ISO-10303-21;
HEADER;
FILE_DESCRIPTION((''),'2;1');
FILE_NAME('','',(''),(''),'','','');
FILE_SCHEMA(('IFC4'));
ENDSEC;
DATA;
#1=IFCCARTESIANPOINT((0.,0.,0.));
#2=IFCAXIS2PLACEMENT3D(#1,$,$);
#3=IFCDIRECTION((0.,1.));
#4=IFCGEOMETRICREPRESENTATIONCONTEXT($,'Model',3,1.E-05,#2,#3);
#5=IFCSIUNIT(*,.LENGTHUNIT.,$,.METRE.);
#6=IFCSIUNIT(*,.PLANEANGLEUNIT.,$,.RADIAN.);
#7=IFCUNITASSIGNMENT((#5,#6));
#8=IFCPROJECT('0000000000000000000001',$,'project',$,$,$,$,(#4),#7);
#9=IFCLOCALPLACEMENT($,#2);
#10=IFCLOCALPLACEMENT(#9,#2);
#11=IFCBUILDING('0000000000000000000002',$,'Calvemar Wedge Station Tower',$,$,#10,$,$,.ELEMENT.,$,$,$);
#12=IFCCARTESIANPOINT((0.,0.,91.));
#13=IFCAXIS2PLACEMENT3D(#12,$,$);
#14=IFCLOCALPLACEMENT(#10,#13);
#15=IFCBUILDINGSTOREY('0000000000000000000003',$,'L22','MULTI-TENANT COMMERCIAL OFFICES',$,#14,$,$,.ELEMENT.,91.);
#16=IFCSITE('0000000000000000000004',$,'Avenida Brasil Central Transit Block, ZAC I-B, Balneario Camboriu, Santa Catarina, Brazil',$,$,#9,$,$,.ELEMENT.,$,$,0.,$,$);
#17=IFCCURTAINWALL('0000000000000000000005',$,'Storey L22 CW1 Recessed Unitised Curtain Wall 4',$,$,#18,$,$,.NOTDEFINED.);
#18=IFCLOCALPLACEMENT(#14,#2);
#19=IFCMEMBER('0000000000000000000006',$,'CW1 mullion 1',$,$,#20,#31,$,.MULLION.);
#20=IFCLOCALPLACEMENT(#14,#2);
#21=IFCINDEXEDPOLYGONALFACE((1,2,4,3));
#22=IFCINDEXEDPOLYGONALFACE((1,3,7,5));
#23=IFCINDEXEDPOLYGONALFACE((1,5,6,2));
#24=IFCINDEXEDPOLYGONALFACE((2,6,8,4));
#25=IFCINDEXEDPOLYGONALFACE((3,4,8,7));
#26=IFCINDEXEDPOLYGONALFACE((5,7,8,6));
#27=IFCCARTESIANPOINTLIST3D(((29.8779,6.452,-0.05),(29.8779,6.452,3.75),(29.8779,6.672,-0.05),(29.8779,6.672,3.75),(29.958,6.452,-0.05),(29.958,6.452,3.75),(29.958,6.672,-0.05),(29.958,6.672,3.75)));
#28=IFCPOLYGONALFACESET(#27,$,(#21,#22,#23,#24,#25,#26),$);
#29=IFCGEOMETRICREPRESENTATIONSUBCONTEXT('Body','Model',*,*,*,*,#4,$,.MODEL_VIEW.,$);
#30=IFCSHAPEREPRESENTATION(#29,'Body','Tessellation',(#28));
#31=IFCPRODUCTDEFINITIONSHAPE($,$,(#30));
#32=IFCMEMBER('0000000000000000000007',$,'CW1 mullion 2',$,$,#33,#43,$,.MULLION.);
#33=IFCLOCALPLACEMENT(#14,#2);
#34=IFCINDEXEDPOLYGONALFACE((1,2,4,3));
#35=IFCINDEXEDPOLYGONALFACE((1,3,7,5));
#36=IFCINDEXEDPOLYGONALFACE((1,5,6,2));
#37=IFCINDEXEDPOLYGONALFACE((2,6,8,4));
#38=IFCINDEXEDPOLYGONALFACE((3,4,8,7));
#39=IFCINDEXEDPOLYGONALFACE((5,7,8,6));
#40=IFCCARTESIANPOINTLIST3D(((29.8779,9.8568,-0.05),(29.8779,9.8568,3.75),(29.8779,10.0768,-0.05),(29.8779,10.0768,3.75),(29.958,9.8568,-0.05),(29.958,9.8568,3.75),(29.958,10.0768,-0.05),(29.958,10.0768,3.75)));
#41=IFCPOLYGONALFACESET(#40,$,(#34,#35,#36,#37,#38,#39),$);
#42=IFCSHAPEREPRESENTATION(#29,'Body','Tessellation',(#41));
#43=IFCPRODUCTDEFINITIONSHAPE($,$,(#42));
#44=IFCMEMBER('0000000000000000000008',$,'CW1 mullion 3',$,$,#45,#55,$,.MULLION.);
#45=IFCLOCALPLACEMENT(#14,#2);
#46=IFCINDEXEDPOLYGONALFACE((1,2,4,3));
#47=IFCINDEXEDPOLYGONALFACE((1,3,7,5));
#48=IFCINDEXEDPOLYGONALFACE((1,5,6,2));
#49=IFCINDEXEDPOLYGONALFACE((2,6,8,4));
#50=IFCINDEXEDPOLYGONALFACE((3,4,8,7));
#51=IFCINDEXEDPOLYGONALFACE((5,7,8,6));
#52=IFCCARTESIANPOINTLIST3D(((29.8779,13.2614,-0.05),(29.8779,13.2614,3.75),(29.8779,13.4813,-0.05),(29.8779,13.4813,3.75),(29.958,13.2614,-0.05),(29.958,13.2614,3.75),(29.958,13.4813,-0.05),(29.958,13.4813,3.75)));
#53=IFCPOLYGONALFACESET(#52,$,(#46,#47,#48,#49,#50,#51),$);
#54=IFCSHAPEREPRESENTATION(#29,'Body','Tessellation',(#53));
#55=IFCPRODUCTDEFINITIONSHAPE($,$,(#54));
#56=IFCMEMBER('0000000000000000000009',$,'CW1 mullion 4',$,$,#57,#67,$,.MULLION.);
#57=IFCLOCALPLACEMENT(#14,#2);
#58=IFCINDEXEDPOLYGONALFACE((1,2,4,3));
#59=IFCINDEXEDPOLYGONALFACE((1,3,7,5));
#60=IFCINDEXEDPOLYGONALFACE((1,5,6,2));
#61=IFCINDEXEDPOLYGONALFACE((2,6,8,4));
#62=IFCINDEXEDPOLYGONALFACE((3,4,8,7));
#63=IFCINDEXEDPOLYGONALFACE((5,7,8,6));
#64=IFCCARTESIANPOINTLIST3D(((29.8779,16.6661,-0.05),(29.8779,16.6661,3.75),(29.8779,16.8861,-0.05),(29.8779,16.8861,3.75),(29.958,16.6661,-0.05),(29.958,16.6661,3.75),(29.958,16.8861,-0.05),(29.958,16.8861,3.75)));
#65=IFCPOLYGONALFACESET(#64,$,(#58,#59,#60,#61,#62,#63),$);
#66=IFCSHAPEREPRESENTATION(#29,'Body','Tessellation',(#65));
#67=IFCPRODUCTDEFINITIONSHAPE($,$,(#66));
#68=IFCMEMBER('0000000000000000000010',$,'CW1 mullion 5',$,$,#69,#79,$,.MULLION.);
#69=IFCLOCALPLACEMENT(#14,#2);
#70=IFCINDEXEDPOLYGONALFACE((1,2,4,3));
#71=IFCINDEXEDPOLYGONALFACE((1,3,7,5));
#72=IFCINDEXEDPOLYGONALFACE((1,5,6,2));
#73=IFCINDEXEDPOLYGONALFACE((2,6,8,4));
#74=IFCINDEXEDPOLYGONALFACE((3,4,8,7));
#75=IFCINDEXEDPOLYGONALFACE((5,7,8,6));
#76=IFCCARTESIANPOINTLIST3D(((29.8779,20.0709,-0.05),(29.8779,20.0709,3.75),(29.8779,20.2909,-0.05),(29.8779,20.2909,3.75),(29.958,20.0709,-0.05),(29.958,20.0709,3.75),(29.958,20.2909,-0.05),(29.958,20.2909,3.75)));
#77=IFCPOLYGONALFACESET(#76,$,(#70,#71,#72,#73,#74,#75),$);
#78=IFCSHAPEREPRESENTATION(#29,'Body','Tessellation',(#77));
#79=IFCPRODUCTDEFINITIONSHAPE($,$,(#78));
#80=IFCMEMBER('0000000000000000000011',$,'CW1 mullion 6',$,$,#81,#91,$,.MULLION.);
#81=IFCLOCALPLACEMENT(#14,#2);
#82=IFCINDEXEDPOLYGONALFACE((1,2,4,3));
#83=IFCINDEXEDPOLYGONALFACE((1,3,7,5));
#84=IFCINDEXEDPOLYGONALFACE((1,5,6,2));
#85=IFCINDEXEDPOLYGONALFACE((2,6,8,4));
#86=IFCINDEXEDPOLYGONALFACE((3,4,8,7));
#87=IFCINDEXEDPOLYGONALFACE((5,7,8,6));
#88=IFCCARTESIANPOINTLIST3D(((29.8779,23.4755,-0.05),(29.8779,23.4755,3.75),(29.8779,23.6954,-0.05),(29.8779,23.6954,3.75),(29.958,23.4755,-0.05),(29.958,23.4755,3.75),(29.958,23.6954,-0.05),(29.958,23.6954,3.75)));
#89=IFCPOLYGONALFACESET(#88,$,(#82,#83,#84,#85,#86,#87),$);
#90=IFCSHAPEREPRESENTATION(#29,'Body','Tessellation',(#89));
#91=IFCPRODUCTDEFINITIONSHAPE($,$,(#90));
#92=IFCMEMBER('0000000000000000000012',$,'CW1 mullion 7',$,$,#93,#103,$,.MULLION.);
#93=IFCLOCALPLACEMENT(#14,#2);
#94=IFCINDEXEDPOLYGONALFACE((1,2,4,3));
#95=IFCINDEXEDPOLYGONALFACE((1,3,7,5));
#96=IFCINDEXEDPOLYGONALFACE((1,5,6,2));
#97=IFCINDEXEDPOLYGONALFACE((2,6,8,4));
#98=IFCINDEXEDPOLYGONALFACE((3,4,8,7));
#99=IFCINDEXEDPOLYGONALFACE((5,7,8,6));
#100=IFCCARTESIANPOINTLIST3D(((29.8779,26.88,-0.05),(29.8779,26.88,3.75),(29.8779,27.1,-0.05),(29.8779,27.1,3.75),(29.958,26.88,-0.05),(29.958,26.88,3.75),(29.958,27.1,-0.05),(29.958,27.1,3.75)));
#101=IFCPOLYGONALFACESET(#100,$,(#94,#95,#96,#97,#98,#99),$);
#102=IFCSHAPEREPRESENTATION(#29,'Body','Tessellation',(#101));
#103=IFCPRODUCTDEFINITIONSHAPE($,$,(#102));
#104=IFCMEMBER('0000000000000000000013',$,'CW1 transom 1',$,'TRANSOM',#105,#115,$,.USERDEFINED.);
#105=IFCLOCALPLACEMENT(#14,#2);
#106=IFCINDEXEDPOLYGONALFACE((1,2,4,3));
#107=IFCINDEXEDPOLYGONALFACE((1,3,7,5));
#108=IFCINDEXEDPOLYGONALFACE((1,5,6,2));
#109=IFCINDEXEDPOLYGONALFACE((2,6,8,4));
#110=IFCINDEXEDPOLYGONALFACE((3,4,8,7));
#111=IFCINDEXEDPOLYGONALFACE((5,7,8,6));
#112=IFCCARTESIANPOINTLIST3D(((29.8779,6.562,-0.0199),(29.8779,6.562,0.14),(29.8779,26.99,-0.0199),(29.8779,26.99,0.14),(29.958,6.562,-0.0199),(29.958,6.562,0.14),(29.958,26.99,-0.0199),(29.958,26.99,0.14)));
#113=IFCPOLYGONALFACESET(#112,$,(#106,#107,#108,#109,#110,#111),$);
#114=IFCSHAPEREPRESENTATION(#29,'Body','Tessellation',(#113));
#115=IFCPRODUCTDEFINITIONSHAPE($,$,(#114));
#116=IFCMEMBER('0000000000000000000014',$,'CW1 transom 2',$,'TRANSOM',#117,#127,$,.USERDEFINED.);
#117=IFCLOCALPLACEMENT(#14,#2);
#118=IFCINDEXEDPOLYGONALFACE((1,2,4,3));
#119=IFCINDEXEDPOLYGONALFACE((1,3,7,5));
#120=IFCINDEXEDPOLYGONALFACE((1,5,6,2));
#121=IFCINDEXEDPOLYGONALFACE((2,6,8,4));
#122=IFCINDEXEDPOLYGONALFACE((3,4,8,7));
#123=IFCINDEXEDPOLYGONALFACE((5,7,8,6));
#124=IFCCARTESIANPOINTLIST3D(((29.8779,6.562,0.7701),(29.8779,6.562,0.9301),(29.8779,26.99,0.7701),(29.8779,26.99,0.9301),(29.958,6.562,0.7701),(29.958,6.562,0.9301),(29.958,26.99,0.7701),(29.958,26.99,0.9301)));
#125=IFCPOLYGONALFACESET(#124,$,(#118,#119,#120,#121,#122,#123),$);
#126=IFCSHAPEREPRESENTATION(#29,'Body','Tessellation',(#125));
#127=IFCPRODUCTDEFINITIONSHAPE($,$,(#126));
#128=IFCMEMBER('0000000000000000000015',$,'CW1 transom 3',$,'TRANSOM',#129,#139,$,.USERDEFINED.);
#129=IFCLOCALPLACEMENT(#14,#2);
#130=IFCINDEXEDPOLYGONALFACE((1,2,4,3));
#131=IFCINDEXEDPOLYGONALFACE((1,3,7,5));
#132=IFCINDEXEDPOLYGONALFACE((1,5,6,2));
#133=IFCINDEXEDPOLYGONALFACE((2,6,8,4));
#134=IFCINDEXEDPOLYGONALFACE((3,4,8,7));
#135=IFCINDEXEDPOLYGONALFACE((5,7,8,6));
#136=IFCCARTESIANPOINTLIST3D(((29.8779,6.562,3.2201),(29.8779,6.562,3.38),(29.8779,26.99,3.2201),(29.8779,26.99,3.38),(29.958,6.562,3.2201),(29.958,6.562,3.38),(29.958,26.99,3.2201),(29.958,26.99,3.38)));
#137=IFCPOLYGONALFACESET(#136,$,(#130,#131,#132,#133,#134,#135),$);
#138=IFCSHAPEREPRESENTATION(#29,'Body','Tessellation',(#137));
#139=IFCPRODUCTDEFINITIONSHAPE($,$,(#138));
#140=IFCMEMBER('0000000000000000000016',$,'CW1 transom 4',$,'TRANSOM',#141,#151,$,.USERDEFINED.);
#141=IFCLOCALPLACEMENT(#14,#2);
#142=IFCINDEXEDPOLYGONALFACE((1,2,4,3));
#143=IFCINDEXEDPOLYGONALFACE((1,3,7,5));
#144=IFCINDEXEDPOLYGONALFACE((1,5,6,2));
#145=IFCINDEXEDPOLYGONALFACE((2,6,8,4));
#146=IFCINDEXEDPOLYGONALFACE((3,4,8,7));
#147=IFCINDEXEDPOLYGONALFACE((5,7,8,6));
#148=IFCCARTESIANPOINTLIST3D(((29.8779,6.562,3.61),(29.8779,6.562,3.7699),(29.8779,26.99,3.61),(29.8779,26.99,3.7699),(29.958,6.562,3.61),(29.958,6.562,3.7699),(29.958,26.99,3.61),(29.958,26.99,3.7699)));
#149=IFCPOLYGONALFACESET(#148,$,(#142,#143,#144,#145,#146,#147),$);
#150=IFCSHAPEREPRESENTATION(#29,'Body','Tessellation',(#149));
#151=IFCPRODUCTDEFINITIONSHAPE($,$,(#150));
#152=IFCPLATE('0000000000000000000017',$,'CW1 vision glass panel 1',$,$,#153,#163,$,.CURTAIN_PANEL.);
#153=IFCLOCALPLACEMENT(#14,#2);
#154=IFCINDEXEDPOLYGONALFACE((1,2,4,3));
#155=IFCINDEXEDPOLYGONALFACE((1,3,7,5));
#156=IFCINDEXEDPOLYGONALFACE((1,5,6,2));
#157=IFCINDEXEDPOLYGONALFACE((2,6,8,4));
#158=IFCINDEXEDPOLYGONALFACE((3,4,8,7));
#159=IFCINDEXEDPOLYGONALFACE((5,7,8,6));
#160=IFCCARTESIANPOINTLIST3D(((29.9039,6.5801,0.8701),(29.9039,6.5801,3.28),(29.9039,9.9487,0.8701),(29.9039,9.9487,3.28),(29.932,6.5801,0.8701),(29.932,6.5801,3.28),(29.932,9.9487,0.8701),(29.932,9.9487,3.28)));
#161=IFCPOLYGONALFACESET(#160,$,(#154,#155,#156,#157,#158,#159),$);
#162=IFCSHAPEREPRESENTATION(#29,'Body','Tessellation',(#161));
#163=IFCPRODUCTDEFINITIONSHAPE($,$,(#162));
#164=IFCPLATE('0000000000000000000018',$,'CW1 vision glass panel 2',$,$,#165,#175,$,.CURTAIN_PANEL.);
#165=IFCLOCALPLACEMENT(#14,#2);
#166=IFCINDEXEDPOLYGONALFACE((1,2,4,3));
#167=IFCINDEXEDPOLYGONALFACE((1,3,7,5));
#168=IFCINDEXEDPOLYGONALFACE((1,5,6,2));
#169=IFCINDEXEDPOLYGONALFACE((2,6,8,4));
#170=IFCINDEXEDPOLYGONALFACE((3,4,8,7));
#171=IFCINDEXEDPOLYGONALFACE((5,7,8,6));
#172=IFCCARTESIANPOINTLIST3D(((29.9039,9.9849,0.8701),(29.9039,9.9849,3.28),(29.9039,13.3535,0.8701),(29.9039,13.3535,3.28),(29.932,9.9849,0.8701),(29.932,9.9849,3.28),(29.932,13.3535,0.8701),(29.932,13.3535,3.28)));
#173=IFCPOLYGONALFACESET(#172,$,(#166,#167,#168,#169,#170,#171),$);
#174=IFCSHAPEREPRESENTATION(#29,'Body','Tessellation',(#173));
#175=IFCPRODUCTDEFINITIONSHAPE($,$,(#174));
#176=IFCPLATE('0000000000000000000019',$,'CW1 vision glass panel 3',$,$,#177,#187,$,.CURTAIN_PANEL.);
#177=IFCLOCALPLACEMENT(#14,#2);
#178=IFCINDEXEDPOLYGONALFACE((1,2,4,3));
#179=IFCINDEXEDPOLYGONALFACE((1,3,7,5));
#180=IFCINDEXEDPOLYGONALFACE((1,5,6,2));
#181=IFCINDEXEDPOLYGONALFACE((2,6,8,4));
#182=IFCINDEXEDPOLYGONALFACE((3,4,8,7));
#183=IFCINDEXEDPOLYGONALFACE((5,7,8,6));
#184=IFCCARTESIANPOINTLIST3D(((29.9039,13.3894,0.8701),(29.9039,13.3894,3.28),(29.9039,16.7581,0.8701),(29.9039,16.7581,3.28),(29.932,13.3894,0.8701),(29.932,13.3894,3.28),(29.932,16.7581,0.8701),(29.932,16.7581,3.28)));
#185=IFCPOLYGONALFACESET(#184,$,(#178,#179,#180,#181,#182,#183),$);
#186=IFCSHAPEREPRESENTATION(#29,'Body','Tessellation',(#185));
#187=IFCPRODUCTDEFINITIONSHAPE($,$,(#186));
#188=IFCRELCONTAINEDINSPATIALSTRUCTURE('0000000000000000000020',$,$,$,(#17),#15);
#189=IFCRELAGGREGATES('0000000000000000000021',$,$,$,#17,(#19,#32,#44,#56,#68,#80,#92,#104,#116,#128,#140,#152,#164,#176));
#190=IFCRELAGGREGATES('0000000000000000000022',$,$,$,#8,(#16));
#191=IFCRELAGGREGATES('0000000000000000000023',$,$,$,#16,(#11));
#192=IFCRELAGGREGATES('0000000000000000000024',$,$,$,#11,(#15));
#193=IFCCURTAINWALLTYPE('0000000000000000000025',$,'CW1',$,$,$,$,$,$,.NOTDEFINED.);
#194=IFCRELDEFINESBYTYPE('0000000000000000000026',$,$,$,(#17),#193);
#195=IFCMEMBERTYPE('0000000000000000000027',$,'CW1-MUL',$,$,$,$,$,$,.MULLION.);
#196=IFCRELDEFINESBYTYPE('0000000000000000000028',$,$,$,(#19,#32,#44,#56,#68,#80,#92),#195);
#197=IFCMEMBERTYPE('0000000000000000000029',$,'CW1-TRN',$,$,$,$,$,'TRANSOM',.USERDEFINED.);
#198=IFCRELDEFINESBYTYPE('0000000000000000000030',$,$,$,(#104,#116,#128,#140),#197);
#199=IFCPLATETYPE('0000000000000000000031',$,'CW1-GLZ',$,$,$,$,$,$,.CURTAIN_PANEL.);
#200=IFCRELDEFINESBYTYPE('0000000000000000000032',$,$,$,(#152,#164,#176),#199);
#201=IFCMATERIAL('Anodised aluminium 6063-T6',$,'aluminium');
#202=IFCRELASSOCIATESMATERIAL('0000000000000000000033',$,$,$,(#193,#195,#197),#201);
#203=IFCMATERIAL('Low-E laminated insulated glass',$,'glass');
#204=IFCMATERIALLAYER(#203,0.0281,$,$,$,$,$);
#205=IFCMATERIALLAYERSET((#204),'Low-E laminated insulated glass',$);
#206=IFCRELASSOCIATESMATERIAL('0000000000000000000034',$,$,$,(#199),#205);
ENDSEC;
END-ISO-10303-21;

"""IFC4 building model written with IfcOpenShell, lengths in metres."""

from ifc_helpers import new_model, si_unit, direction, frame, frame_2d, origin, origin_2d, place, context, subcontext, project, spatial, rectangle, extrude, source, transform, mapped, material, layer, layer_set, material_profile, profile_set, type_object, element, aggregate, save


model = new_model("IFC4")

# Units and contexts
model_context = context("Model", 3, precision=1e-05, world=origin(), true_north=direction((0.0, 1.0)))
body_context = subcontext(model_context, "Body", "Model", "MODEL_VIEW")
ifc_project = project(units=[si_unit("LENGTHUNIT", "METRE"), si_unit("PLANEANGLEUNIT", "RADIAN")], contexts=[model_context])

# Site, building, storey
site_placement = place(None, origin())
site = spatial("IfcSite", under=ifc_project, at=site_placement, Name="Avenida Brasil Central Transit Block, ZAC I-B, Balneario Camboriu, Santa Catarina, Brazil", CompositionType="ELEMENT", RefElevation=0.0)
building_placement = place(site_placement, origin())
building = spatial("IfcBuilding", under=site, at=building_placement, Name="Calvemar Wedge Station Tower", CompositionType="ELEMENT")
storey_placement = place(building_placement, frame((0.0, 0.0, 91.0)))
storey = spatial("IfcBuildingStorey", under=building, at=storey_placement, Name="L22", Description="MULTI-TENANT COMMERCIAL OFFICES", CompositionType="ELEMENT", Elevation=91.0)

# Curtain wall, members, plates
ifc_material_1 = material(Name="Anodised aluminium 6063-T6", Category="aluminium")
curtain_wall_type = type_object("IfcCurtainWallType", Name="CW1", PredefinedType="NOTDEFINED", material=ifc_material_1)
curtain_wall_placement = place(storey_placement, origin())
curtain_wall = element("IfcCurtainWall", 1, at=curtain_wall_placement, inside=storey, type_object=curtain_wall_type, Name="Storey L22 CW1 Recessed Unitised Curtain Wall 4", PredefinedType="NOTDEFINED")
ifc_material_profile_1 = material_profile(ifc_material_1, rectangle(XDim=0.0801, YDim=0.22, at=origin_2d()), Name="AL-MUL-80x220")
ifc_profile_set_1 = profile_set([ifc_material_profile_1], Name="Anodised aluminium 6063-T6")
member_type_1 = type_object("IfcMemberType", Name="CW1-MUL", PredefinedType="MULLION", material=ifc_profile_set_1)
shared_shape_1 = source(origin(), body_context, "Body", "SweptSolid", [
    extrude(rectangle(XDim=0.0801, YDim=0.22, at=origin_2d()), origin(), (0.0, 0.0, 1.0), 3.8),
])
member_1_placement = place(storey_placement, frame((29.918, 6.562, -0.05), z_axis=(0.0, 0.0, 1.0), x_axis=(1.0, 0.0, 0.0)))
member_1 = element("IfcMember", 2, at=member_1_placement, type_object=member_type_1, Name="CW1 mullion 1", PredefinedType="MULLION", context=body_context, shape_type="MappedRepresentation", body=[
    mapped(shared_shape_1, transform((0.0, 0.0, 0.0), scale=1.0)),
])
member_2_placement = place(storey_placement, frame((29.918, 9.9668, -0.05), z_axis=(0.0, 0.0, 1.0), x_axis=(1.0, 0.0, 0.0)))
member_2 = element("IfcMember", 3, at=member_2_placement, type_object=member_type_1, Name="CW1 mullion 2", PredefinedType="MULLION", context=body_context, shape_type="MappedRepresentation", body=[
    mapped(shared_shape_1, transform((0.0, 0.0, 0.0), scale=1.0)),
])
member_3_placement = place(storey_placement, frame((29.918, 13.3713, -0.05), z_axis=(0.0, 0.0, 1.0), x_axis=(1.0, 0.0, 0.0)))
member_3 = element("IfcMember", 4, at=member_3_placement, type_object=member_type_1, Name="CW1 mullion 3", PredefinedType="MULLION", context=body_context, shape_type="MappedRepresentation", body=[
    mapped(shared_shape_1, transform((0.0, 0.0, 0.0), scale=1.0)),
])
member_4_placement = place(storey_placement, frame((29.918, 16.7761, -0.05), z_axis=(0.0, 0.0, 1.0), x_axis=(1.0, 0.0, 0.0)))
member_4 = element("IfcMember", 5, at=member_4_placement, type_object=member_type_1, Name="CW1 mullion 4", PredefinedType="MULLION", context=body_context, shape_type="MappedRepresentation", body=[
    mapped(shared_shape_1, transform((0.0, 0.0, 0.0), scale=1.0)),
])
member_5_placement = place(storey_placement, frame((29.918, 20.1809, -0.05), z_axis=(0.0, 0.0, 1.0), x_axis=(1.0, 0.0, 0.0)))
member_5 = element("IfcMember", 6, at=member_5_placement, type_object=member_type_1, Name="CW1 mullion 5", PredefinedType="MULLION", context=body_context, shape_type="MappedRepresentation", body=[
    mapped(shared_shape_1, transform((0.0, 0.0, 0.0), scale=1.0)),
])
member_6_placement = place(storey_placement, frame((29.918, 23.5854, -0.05), z_axis=(0.0, 0.0, 1.0), x_axis=(1.0, 0.0, 0.0)))
member_6 = element("IfcMember", 7, at=member_6_placement, type_object=member_type_1, Name="CW1 mullion 6", PredefinedType="MULLION", context=body_context, shape_type="MappedRepresentation", body=[
    mapped(shared_shape_1, transform((0.0, 0.0, 0.0), scale=1.0)),
])
member_7_placement = place(storey_placement, frame((29.918, 26.99, -0.05), z_axis=(0.0, 0.0, 1.0), x_axis=(1.0, 0.0, 0.0)))
member_7 = element("IfcMember", 8, at=member_7_placement, type_object=member_type_1, Name="CW1 mullion 7", PredefinedType="MULLION", context=body_context, shape_type="MappedRepresentation", body=[
    mapped(shared_shape_1, transform((0.0, 0.0, 0.0), scale=1.0)),
])
ifc_material_profile_2 = material_profile(ifc_material_1, rectangle(XDim=0.0801, YDim=0.1599, at=origin_2d()), Name="AL-TRN-80x160")
ifc_profile_set_2 = profile_set([ifc_material_profile_2], Name="Anodised aluminium 6063-T6")
member_type_2 = type_object("IfcMemberType", Name="CW1-TRN", ElementType="TRANSOM", PredefinedType="USERDEFINED", material=ifc_profile_set_2)
shared_shape_2 = source(origin(), body_context, "Body", "SweptSolid", [
    extrude(rectangle(XDim=0.0801, YDim=0.1599, at=origin_2d()), origin(), (0.0, 0.0, 1.0), 20.428),
])
member_8_placement = place(storey_placement, frame((29.918, 6.562, 0.0601), z_axis=(0.0, 1.0, 0.0), x_axis=(-1.0, 0.0, 0.0)))
member_8 = element("IfcMember", 9, at=member_8_placement, type_object=member_type_2, Name="CW1 transom 1", ObjectType="TRANSOM", PredefinedType="USERDEFINED", context=body_context, shape_type="MappedRepresentation", body=[
    mapped(shared_shape_2, transform((0.0, 0.0, 0.0), scale=1.0)),
])
member_9_placement = place(storey_placement, frame((29.918, 6.562, 0.8501), z_axis=(0.0, 1.0, 0.0), x_axis=(-1.0, 0.0, 0.0)))
member_9 = element("IfcMember", 10, at=member_9_placement, type_object=member_type_2, Name="CW1 transom 2", ObjectType="TRANSOM", PredefinedType="USERDEFINED", context=body_context, shape_type="MappedRepresentation", body=[
    mapped(shared_shape_2, transform((0.0, 0.0, 0.0), scale=1.0)),
])
member_10_placement = place(storey_placement, frame((29.918, 6.562, 3.3), z_axis=(0.0, 1.0, 0.0), x_axis=(-1.0, 0.0, 0.0)))
member_10 = element("IfcMember", 11, at=member_10_placement, type_object=member_type_2, Name="CW1 transom 3", ObjectType="TRANSOM", PredefinedType="USERDEFINED", context=body_context, shape_type="MappedRepresentation", body=[
    mapped(shared_shape_2, transform((0.0, 0.0, 0.0), scale=1.0)),
])
member_11_placement = place(storey_placement, frame((29.918, 6.562, 3.6899), z_axis=(0.0, 1.0, 0.0), x_axis=(-1.0, 0.0, 0.0)))
member_11 = element("IfcMember", 12, at=member_11_placement, type_object=member_type_2, Name="CW1 transom 4", ObjectType="TRANSOM", PredefinedType="USERDEFINED", context=body_context, shape_type="MappedRepresentation", body=[
    mapped(shared_shape_2, transform((0.0, 0.0, 0.0), scale=1.0)),
])
ifc_material_2 = material(Name="Low-E laminated insulated glass", Category="glass")
ifc_layer_1 = layer(ifc_material_2, 0.0281)
ifc_layer_set_1 = layer_set([ifc_layer_1], Name="Low-E laminated insulated glass")
plate_type_1 = type_object("IfcPlateType", Name="CW1-GLZ", PredefinedType="CURTAIN_PANEL", material=ifc_layer_set_1)
plate_1_placement = place(storey_placement, frame((29.918, 6.5801, 0.8701), z_axis=(0.0, 0.0, 1.0), x_axis=(0.0, 1.0, 0.0)))
plate_1 = element("IfcPlate", 13, at=plate_1_placement, type_object=plate_type_1, Name="CW1 vision glass panel 1", PredefinedType="CURTAIN_PANEL", context=body_context, shape_type="SweptSolid", body=[
    extrude(rectangle(XDim=3.3687, YDim=0.0281, at=frame_2d((1.6843, 0.0))), origin(), (0.0, 0.0, 1.0), 2.4099),
])
plate_2_placement = place(storey_placement, frame((29.918, 9.9849, 0.8701), z_axis=(0.0, 0.0, 1.0), x_axis=(0.0, 1.0, 0.0)))
plate_2 = element("IfcPlate", 14, at=plate_2_placement, type_object=plate_type_1, Name="CW1 vision glass panel 2", PredefinedType="CURTAIN_PANEL", context=body_context, shape_type="SweptSolid", body=[
    extrude(rectangle(XDim=3.3687, YDim=0.0281, at=frame_2d((1.6843, 0.0))), origin(), (0.0, 0.0, 1.0), 2.4099),
])
plate_3_placement = place(storey_placement, frame((29.918, 13.3894, 0.8701), z_axis=(0.0, 0.0, 1.0), x_axis=(0.0, 1.0, 0.0)))
plate_3 = element("IfcPlate", 15, at=plate_3_placement, type_object=plate_type_1, Name="CW1 vision glass panel 3", PredefinedType="CURTAIN_PANEL", context=body_context, shape_type="SweptSolid", body=[
    extrude(rectangle(XDim=3.3687, YDim=0.0281, at=frame_2d((1.6843, 0.0))), origin(), (0.0, 0.0, 1.0), 2.4099),
])
aggregate(curtain_wall, [member_1, member_2, member_3, member_4, member_5, member_6, member_7, member_8, member_9, member_10, member_11, plate_1, plate_2, plate_3])

save(model, "model.ifc")
